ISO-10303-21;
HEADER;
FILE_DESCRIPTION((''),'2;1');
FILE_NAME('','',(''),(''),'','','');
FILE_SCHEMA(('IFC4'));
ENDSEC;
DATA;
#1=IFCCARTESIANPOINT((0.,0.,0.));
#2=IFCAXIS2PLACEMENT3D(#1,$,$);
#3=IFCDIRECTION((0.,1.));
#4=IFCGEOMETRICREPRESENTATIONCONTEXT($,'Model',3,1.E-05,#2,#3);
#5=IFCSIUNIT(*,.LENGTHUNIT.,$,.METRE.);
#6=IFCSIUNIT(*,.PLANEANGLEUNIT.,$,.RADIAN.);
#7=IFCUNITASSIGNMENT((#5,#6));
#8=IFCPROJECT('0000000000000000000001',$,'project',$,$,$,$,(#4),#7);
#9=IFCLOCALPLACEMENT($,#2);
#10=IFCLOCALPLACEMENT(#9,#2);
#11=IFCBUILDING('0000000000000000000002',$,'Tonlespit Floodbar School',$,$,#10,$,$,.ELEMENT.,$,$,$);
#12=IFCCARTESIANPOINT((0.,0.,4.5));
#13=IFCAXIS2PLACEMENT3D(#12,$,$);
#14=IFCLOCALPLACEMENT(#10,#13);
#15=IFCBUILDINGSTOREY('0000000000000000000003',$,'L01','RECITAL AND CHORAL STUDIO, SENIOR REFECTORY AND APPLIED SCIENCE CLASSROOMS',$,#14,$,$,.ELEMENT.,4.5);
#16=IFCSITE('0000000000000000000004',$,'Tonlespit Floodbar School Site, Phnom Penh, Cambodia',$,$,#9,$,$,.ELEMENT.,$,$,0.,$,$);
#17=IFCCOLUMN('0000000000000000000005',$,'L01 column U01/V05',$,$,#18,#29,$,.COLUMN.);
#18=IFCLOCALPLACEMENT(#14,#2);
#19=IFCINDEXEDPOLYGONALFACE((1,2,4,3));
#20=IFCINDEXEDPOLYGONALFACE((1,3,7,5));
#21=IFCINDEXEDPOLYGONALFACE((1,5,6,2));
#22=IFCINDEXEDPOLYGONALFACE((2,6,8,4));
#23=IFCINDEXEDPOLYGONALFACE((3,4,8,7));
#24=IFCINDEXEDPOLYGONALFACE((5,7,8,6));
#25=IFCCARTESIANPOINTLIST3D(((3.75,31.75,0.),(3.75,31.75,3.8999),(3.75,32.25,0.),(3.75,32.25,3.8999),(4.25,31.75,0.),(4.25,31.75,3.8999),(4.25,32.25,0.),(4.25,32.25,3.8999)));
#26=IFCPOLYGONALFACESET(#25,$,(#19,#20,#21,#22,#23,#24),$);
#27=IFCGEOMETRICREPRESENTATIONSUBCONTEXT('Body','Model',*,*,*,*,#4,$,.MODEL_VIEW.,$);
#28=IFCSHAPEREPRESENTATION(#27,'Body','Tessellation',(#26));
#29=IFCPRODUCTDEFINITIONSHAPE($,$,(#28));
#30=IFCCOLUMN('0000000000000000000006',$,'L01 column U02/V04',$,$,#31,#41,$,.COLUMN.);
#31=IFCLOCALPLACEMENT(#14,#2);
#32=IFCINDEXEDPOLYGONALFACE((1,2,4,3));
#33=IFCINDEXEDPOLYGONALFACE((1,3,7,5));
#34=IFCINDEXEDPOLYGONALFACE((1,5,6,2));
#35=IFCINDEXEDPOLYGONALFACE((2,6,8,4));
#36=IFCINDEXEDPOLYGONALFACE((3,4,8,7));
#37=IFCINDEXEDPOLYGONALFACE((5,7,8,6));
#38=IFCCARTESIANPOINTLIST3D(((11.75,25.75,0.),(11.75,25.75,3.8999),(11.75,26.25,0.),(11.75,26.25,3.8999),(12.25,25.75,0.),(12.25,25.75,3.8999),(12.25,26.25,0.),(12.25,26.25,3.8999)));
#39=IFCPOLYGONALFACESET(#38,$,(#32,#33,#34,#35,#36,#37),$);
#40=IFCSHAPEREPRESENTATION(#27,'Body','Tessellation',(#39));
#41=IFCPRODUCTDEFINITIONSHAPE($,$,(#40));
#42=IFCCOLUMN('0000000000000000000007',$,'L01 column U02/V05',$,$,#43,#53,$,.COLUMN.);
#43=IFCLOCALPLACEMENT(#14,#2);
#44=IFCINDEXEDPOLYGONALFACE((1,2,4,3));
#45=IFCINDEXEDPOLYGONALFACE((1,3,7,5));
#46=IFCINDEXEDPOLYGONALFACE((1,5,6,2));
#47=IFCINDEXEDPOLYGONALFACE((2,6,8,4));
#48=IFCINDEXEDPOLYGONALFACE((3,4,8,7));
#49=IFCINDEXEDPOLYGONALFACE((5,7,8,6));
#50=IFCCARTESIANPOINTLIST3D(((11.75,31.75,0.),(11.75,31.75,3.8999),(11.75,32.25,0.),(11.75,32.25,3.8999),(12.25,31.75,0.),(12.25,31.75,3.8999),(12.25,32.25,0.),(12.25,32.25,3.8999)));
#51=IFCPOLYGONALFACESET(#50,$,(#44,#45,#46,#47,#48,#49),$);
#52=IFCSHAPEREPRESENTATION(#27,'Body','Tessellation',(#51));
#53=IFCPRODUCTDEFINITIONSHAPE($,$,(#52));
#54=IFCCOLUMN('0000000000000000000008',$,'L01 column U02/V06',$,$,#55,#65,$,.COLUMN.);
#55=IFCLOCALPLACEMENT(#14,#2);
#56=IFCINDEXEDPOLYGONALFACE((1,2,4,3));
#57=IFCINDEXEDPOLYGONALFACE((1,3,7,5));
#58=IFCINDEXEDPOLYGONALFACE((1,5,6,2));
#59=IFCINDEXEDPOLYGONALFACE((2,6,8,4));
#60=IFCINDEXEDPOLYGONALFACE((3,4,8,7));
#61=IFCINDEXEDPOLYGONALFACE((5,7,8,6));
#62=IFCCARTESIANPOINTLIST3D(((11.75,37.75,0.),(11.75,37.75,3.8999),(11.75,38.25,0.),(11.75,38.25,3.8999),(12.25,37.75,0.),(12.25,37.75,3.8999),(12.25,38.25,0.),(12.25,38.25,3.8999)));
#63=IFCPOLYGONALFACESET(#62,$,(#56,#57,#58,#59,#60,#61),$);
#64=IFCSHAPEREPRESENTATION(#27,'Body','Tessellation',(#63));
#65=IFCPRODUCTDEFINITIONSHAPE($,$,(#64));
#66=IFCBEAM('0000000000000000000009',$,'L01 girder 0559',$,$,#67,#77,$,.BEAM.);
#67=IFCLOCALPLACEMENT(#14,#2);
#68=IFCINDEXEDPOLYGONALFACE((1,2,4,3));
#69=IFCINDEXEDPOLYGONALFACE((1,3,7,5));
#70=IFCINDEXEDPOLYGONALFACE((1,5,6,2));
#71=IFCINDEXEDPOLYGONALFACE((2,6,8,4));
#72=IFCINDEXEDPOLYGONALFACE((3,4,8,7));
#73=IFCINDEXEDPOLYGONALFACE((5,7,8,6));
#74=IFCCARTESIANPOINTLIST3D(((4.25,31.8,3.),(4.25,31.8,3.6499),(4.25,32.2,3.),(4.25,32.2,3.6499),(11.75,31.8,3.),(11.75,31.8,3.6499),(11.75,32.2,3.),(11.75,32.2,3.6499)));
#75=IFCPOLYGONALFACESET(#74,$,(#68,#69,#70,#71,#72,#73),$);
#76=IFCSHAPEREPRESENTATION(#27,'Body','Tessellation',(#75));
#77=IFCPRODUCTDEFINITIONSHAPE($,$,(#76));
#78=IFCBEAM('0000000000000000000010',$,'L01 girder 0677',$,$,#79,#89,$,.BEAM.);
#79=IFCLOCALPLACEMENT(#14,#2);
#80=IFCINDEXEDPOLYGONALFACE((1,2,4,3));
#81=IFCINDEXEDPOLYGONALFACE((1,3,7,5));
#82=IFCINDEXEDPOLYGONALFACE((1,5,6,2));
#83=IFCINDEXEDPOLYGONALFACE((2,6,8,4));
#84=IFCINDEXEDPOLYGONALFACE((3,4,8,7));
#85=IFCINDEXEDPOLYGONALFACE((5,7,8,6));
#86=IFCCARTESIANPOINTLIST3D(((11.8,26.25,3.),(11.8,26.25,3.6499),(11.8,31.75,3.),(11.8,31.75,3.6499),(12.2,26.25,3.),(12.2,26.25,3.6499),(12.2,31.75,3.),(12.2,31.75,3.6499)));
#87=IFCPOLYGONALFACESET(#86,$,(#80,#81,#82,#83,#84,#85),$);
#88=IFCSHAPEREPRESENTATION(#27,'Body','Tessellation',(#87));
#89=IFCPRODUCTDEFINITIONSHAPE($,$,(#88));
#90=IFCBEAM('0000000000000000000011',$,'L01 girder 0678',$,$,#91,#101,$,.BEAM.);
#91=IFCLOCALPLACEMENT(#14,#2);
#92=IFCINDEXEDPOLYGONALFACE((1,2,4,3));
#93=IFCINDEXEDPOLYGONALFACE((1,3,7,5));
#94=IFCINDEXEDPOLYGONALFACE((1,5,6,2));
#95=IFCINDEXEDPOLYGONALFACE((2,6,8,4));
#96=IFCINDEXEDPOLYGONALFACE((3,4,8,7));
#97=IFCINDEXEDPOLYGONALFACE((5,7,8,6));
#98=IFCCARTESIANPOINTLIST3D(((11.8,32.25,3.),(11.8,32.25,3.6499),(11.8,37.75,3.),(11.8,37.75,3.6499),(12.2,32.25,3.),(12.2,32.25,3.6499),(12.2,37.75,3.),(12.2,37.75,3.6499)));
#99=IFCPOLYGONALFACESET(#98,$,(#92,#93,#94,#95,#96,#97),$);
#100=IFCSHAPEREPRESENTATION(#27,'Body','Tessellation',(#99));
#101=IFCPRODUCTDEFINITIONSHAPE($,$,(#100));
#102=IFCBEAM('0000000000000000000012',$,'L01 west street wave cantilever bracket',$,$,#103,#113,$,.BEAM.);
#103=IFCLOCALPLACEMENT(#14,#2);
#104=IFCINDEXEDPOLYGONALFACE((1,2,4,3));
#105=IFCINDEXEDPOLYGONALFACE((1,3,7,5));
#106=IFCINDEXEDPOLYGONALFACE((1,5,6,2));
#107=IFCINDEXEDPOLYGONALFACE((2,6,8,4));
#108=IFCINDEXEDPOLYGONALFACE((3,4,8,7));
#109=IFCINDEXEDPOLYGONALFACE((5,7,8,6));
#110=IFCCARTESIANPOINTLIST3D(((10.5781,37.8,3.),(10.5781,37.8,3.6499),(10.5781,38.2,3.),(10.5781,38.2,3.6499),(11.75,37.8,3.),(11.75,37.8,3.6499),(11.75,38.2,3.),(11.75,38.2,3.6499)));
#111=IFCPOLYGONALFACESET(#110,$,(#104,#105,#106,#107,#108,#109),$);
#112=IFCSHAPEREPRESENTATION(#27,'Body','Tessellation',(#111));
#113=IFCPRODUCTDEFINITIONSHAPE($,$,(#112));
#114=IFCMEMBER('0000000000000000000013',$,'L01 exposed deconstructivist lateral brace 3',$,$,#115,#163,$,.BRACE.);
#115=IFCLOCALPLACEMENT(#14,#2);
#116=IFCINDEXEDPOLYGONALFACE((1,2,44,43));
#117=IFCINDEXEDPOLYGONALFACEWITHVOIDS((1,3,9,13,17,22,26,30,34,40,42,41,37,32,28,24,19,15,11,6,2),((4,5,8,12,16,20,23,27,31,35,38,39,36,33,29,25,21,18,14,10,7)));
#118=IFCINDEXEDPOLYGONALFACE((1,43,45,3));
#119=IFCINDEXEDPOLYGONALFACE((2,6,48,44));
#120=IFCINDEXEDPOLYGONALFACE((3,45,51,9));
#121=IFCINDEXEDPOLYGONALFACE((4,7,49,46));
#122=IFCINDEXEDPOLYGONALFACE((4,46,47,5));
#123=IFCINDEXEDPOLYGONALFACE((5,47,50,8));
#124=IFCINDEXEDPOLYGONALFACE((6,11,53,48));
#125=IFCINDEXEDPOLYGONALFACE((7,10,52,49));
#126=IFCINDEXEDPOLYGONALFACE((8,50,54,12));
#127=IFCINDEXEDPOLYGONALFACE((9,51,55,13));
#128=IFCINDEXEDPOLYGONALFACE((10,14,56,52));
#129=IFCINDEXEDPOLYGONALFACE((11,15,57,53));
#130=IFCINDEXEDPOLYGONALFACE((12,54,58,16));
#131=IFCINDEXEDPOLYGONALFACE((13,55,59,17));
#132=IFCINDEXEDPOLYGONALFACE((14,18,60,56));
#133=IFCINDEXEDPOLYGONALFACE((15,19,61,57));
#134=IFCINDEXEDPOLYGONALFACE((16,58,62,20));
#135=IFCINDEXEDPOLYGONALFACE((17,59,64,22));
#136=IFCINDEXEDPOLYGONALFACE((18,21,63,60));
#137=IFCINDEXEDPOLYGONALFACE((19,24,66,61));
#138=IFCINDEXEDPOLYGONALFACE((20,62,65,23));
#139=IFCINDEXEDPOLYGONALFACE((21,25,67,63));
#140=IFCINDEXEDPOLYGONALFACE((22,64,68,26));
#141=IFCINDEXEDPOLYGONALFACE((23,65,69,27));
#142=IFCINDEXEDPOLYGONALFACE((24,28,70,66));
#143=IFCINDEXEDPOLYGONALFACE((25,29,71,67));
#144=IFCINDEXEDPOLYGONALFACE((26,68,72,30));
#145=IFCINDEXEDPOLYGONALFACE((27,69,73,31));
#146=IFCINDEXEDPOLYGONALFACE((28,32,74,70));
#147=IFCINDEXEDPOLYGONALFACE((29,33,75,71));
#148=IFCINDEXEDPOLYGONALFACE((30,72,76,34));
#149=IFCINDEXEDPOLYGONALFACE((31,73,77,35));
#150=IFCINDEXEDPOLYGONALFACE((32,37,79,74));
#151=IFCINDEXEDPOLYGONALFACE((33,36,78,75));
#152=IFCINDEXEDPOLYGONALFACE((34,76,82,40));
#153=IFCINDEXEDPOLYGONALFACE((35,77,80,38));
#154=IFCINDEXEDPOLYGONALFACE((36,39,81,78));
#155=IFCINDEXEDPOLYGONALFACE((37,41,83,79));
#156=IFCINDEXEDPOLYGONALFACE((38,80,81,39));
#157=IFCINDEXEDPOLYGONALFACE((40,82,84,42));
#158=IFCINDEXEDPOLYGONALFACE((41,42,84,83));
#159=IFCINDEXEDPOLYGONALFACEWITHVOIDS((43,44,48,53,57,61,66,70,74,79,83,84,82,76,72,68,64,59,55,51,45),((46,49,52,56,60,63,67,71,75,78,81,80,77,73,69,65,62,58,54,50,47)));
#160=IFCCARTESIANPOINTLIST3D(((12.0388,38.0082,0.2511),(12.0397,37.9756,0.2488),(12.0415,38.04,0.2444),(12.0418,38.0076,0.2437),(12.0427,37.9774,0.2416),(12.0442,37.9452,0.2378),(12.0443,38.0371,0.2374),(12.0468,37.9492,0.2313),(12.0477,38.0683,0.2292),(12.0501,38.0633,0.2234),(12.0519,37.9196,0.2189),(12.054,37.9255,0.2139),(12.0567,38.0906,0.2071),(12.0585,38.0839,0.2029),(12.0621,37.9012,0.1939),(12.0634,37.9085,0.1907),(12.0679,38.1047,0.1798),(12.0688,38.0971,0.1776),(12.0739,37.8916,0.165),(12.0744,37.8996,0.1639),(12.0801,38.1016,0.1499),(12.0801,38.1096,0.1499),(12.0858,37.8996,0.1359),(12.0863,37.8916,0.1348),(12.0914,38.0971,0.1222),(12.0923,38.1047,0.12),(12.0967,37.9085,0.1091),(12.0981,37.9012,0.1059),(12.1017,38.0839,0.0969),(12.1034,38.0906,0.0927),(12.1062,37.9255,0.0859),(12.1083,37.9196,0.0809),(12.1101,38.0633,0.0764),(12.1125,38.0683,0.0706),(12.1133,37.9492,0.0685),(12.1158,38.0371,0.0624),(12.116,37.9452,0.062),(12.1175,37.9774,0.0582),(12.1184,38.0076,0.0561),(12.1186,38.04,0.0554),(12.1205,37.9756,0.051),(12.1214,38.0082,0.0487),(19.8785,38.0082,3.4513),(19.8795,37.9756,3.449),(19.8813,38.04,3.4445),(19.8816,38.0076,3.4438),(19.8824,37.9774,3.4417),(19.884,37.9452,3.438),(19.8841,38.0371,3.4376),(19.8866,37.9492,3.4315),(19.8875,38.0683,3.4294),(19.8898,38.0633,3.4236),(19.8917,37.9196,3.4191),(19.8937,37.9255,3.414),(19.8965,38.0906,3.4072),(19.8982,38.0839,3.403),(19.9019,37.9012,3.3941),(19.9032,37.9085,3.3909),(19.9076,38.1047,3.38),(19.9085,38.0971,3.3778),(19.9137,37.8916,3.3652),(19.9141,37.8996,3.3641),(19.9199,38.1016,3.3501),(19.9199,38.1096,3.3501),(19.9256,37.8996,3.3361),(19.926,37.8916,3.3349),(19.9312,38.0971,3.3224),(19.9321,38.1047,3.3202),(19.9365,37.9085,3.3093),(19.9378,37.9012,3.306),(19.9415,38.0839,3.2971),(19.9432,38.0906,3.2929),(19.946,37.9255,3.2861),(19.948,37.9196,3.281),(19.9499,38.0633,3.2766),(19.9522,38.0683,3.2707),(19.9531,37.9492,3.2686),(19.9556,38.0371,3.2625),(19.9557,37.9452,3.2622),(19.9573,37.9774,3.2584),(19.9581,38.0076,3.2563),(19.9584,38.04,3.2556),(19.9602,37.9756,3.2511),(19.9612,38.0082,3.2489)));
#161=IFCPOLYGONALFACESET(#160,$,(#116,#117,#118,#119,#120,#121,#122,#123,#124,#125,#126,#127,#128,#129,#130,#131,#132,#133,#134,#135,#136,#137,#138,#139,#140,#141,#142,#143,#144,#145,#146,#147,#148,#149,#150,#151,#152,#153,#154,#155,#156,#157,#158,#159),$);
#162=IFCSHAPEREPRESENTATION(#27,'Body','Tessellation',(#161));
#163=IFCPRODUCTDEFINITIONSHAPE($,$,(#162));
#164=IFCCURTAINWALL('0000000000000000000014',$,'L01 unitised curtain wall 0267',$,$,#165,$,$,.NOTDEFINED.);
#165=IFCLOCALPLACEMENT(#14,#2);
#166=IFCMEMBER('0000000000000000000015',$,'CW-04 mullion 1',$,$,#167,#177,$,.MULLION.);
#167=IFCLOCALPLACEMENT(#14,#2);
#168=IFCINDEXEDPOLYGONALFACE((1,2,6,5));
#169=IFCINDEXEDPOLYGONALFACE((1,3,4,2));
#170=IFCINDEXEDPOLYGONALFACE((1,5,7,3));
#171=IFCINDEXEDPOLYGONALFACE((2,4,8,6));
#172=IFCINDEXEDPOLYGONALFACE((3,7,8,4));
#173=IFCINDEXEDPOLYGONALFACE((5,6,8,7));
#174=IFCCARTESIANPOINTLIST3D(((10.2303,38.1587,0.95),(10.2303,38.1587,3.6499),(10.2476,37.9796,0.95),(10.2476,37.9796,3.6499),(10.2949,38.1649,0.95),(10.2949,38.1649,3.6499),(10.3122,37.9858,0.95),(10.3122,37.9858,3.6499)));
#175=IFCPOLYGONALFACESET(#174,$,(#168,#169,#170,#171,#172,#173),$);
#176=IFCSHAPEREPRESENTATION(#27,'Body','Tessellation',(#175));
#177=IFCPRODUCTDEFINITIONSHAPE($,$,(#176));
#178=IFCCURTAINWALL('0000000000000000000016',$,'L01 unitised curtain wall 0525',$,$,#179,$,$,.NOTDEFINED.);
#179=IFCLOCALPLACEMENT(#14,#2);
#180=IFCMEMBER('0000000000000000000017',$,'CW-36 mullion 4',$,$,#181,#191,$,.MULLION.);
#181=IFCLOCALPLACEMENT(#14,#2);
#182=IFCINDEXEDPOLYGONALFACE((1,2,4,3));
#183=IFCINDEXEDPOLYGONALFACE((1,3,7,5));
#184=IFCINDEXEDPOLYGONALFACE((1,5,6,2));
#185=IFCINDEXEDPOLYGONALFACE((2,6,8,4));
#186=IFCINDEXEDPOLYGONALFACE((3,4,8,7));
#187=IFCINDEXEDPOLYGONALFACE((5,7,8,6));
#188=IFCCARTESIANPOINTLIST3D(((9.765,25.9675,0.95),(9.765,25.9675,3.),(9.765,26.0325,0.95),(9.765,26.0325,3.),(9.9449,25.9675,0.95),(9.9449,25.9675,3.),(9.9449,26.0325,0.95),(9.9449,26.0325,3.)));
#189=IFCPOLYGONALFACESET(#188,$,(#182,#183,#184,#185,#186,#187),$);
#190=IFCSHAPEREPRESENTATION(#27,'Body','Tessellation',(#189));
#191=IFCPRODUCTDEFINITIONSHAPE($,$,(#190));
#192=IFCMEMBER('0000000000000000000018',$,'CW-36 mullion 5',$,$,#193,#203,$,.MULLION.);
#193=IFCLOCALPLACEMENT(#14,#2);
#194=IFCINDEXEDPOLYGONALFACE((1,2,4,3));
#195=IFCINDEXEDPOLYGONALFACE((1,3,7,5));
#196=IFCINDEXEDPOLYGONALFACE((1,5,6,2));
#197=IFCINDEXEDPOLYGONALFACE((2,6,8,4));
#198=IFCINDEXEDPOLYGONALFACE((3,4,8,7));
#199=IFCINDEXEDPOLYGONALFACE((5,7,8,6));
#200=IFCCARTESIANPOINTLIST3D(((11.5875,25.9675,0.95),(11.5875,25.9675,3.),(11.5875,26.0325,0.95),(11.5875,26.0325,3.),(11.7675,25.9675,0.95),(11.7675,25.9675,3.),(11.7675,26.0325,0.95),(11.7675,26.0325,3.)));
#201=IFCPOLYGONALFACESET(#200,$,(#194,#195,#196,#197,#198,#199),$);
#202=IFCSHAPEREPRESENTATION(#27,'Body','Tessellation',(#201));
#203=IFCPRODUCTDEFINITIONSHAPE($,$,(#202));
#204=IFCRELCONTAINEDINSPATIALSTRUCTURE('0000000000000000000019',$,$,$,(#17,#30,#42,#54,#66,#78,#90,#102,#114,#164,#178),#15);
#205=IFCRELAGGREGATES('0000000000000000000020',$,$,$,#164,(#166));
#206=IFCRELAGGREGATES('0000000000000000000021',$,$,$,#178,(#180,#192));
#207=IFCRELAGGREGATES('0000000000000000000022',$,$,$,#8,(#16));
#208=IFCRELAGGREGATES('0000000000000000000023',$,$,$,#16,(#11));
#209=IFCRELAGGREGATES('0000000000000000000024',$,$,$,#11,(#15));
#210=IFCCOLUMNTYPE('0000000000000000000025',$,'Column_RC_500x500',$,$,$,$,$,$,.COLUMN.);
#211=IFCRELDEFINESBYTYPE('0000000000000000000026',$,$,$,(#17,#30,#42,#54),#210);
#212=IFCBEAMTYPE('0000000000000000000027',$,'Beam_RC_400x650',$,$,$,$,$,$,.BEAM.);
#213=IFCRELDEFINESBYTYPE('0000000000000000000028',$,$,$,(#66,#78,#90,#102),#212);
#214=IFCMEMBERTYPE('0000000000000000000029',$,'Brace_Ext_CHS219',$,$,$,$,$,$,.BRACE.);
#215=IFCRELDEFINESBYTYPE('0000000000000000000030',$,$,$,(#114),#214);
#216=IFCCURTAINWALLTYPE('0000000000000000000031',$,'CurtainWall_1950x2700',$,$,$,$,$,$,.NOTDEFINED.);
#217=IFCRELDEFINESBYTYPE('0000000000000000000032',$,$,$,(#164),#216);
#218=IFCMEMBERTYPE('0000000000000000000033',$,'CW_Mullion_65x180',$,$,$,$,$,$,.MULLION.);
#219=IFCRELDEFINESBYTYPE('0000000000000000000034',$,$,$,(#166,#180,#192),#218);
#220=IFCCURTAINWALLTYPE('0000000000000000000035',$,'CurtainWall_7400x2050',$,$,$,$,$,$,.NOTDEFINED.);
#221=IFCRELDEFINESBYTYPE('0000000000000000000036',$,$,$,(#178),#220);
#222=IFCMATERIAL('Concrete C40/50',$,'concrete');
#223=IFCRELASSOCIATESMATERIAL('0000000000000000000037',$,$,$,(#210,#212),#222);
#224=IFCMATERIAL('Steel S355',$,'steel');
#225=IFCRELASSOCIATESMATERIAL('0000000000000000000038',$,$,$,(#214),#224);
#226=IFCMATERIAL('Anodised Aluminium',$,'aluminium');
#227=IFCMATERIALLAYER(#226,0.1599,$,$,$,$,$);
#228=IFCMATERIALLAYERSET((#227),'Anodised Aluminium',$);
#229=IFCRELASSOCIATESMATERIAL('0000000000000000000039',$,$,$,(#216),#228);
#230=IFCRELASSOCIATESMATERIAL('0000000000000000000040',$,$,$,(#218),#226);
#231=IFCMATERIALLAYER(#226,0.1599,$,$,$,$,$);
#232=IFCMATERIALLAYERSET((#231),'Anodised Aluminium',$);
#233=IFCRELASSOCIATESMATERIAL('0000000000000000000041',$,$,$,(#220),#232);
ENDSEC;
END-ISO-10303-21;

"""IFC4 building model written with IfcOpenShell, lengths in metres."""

from ifc_helpers import new_model, si_unit, direction, frame, origin, origin_2d, place, context, subcontext, project, spatial, rectangle, hollow_circle, extrude, material, layer, layer_set, material_profile, profile_set, type_object, element, aggregate, save


model = new_model("IFC4")

# Units and contexts
model_context = context("Model", 3, precision=1e-05, world=origin(), true_north=direction((0.0, 1.0)))
body_context = subcontext(model_context, "Body", "Model", "MODEL_VIEW")
ifc_project = project(units=[si_unit("LENGTHUNIT", "METRE"), si_unit("PLANEANGLEUNIT", "RADIAN")], contexts=[model_context])

# Site, building, storey
site_placement = place(None, origin())
site = spatial("IfcSite", under=ifc_project, at=site_placement, Name="Tonlespit Floodbar School Site, Phnom Penh, Cambodia", CompositionType="ELEMENT", RefElevation=0.0)
building_placement = place(site_placement, origin())
building = spatial("IfcBuilding", under=site, at=building_placement, Name="Tonlespit Floodbar School", CompositionType="ELEMENT")
storey_placement = place(building_placement, frame((0.0, 0.0, 4.5)))
storey = spatial("IfcBuildingStorey", under=building, at=storey_placement, Name="L01", Description="RECITAL AND CHORAL STUDIO, SENIOR REFECTORY AND APPLIED SCIENCE CLASSROOMS", CompositionType="ELEMENT", Elevation=4.5)

# Columns
ifc_material_1 = material(Name="Concrete C40/50", Category="concrete")
ifc_material_profile_1 = material_profile(ifc_material_1, rectangle(XDim=0.5, YDim=0.5, at=origin_2d()), Name="RC 500x500")
ifc_profile_set_1 = profile_set([ifc_material_profile_1], Name="Concrete C40/50")
column_type = type_object("IfcColumnType", Name="Column_RC_500x500", PredefinedType="COLUMN", material=ifc_profile_set_1)
for number, where, z_axis, x_axis, name in (
    (1, (4.0, 32.0, 0.0), (0.0, 0.0, 1.0), (1.0, 0.0, 0.0), "L01 column U01/V05"),
    (2, (12.0, 26.0, 0.0), (0.0, 0.0, 1.0), (1.0, 0.0, 0.0), "L01 column U02/V04"),
    (3, (12.0, 32.0, 0.0), (0.0, 0.0, 1.0), (1.0, 0.0, 0.0), "L01 column U02/V05"),
    (4, (12.0, 38.0, 0.0), (0.0, 0.0, 1.0), (1.0, 0.0, 0.0), "L01 column U02/V06"),
):
    element("IfcColumn", number, at=place(storey_placement, frame(where, z_axis=z_axis, x_axis=x_axis)), inside=storey, type_object=column_type, Name=name, PredefinedType="COLUMN", context=body_context, shape_type="SweptSolid", body=[
        extrude(rectangle(XDim=0.5, YDim=0.5, at=origin_2d()), origin(), (0.0, 0.0, 1.0), 3.8999),
    ])

# Beams
ifc_material_profile_2 = material_profile(ifc_material_1, rectangle(XDim=0.3999, YDim=0.6499, at=origin_2d()), Name="RC 400x650")
ifc_profile_set_2 = profile_set([ifc_material_profile_2], Name="Concrete C40/50")
beam_type_1 = type_object("IfcBeamType", Name="Beam_RC_400x650", PredefinedType="BEAM", material=ifc_profile_set_2)
beam_1_placement = place(storey_placement, frame((4.25, 32.0, 3.325), z_axis=(1.0, 0.0, 0.0), x_axis=(0.0, 1.0, 0.0)))
element("IfcBeam", 5, at=beam_1_placement, inside=storey, type_object=beam_type_1, Name="L01 girder 0559", PredefinedType="BEAM", context=body_context, shape_type="SweptSolid", body=[
    extrude(rectangle(XDim=0.3999, YDim=0.6499, at=origin_2d()), origin(), (0.0, 0.0, 1.0), 7.5),
])
for number, where, z_axis, x_axis, name in (
    (6, (12.0, 26.25, 3.325), (0.0, 1.0, 0.0), (-1.0, 0.0, 0.0), "L01 girder 0677"),
    (7, (12.0, 32.25, 3.325), (0.0, 1.0, 0.0), (-1.0, 0.0, 0.0), "L01 girder 0678"),
):
    element("IfcBeam", number, at=place(storey_placement, frame(where, z_axis=z_axis, x_axis=x_axis)), inside=storey, type_object=beam_type_1, Name=name, PredefinedType="BEAM", context=body_context, shape_type="SweptSolid", body=[
        extrude(rectangle(XDim=0.3999, YDim=0.6499, at=origin_2d()), origin(), (0.0, 0.0, 1.0), 5.5),
    ])
beam_2_placement = place(storey_placement, frame((11.75, 38.0, 3.325), z_axis=(-1.0, 0.0, 0.0), x_axis=(0.0, -1.0, 0.0)))
element("IfcBeam", 8, at=beam_2_placement, inside=storey, type_object=beam_type_1, Name="L01 west street wave cantilever bracket", PredefinedType="BEAM", context=body_context, shape_type="SweptSolid", body=[
    extrude(rectangle(XDim=0.3999, YDim=0.6499, at=origin_2d()), origin(), (0.0, 0.0, 1.0), 1.1719),
])

# Member
ifc_material_2 = material(Name="Steel S355", Category="steel")
ifc_material_profile_3 = material_profile(ifc_material_2, hollow_circle(Radius=0.1096, WallThickness=0.0081, at=origin_2d()), Name="CHS 219.1x8")
ifc_profile_set_3 = profile_set([ifc_material_profile_3], Name="Steel S355")
member_type_1 = type_object("IfcMemberType", Name="Brace_Ext_CHS219", PredefinedType="BRACE", material=ifc_profile_set_3)
member_1_placement = place(storey_placement, frame((12.0801, 38.0, 0.1499), z_axis=(0.925837, 0.0, 0.377923), x_axis=(0.0, 1.0, 0.0)))
element("IfcMember", 9, at=member_1_placement, inside=storey, type_object=member_type_1, Name="L01 exposed deconstructivist lateral brace 3", PredefinedType="BRACE", context=body_context, shape_type="SweptSolid", body=[
    extrude(hollow_circle(Radius=0.1096, WallThickness=0.0081, at=origin_2d()), origin(), (0.0, 0.0, 1.0), 8.4678),
])

# Curtain wall, member
ifc_material_3 = material(Name="Anodised Aluminium", Category="aluminium")
ifc_layer_1 = layer(ifc_material_3, 0.1599)
ifc_layer_set_1 = layer_set([ifc_layer_1], Name="Anodised Aluminium")
curtain_wall_type_1 = type_object("IfcCurtainWallType", Name="CurtainWall_1950x2700", PredefinedType="NOTDEFINED", material=ifc_layer_set_1)
curtain_wall_1_placement = place(storey_placement, origin())
curtain_wall_1 = element("IfcCurtainWall", 10, at=curtain_wall_1_placement, inside=storey, type_object=curtain_wall_type_1, Name="L01 unitised curtain wall 0267", PredefinedType="NOTDEFINED")
ifc_material_profile_4 = material_profile(ifc_material_3, rectangle(XDim=0.0649, YDim=0.1799, at=origin_2d()), Name="ALU M65x180")
ifc_profile_set_4 = profile_set([ifc_material_profile_4], Name="Anodised Aluminium")
member_type_2 = type_object("IfcMemberType", Name="CW_Mullion_65x180", PredefinedType="MULLION", material=ifc_profile_set_4)
member_2_placement = place(storey_placement, frame((10.2712, 38.0723, 0.95), z_axis=(0.0, 0.0, 1.0), x_axis=(-0.995362, -0.096198, 0.0)))
member_2 = element("IfcMember", 11, at=member_2_placement, type_object=member_type_2, Name="CW-04 mullion 1", PredefinedType="MULLION", context=body_context, shape_type="SweptSolid", body=[
    extrude(rectangle(XDim=0.0649, YDim=0.1799, at=origin_2d()), origin(), (0.0, 0.0, 1.0), 2.7),
])

# Curtain wall, members
ifc_layer_2 = layer(ifc_material_3, 0.1599)
ifc_layer_set_2 = layer_set([ifc_layer_2], Name="Anodised Aluminium")
curtain_wall_type_2 = type_object("IfcCurtainWallType", Name="CurtainWall_7400x2050", PredefinedType="NOTDEFINED", material=ifc_layer_set_2)
curtain_wall_2_placement = place(storey_placement, origin())
curtain_wall_2 = element("IfcCurtainWall", 12, at=curtain_wall_2_placement, inside=storey, type_object=curtain_wall_type_2, Name="L01 unitised curtain wall 0525", PredefinedType="NOTDEFINED")
member_3_placement = place(storey_placement, frame((9.855, 26.0, 0.95), z_axis=(0.0, 0.0, 1.0), x_axis=(0.0, 1.0, 0.0)))
member_3 = element("IfcMember", 13, at=member_3_placement, type_object=member_type_2, Name="CW-36 mullion 4", PredefinedType="MULLION", context=body_context, shape_type="SweptSolid", body=[
    extrude(rectangle(XDim=0.0649, YDim=0.1799, at=origin_2d()), origin(), (0.0, 0.0, 1.0), 2.05),
])
member_4_placement = place(storey_placement, frame((11.6775, 26.0, 0.95), z_axis=(0.0, 0.0, 1.0), x_axis=(0.0, 1.0, 0.0)))
member_4 = element("IfcMember", 14, at=member_4_placement, type_object=member_type_2, Name="CW-36 mullion 5", PredefinedType="MULLION", context=body_context, shape_type="SweptSolid", body=[
    extrude(rectangle(XDim=0.0649, YDim=0.1799, at=origin_2d()), origin(), (0.0, 0.0, 1.0), 2.05),
])

aggregate(curtain_wall_1, [member_2])

aggregate(curtain_wall_2, [member_3, member_4])

save(model, "model.ifc")
